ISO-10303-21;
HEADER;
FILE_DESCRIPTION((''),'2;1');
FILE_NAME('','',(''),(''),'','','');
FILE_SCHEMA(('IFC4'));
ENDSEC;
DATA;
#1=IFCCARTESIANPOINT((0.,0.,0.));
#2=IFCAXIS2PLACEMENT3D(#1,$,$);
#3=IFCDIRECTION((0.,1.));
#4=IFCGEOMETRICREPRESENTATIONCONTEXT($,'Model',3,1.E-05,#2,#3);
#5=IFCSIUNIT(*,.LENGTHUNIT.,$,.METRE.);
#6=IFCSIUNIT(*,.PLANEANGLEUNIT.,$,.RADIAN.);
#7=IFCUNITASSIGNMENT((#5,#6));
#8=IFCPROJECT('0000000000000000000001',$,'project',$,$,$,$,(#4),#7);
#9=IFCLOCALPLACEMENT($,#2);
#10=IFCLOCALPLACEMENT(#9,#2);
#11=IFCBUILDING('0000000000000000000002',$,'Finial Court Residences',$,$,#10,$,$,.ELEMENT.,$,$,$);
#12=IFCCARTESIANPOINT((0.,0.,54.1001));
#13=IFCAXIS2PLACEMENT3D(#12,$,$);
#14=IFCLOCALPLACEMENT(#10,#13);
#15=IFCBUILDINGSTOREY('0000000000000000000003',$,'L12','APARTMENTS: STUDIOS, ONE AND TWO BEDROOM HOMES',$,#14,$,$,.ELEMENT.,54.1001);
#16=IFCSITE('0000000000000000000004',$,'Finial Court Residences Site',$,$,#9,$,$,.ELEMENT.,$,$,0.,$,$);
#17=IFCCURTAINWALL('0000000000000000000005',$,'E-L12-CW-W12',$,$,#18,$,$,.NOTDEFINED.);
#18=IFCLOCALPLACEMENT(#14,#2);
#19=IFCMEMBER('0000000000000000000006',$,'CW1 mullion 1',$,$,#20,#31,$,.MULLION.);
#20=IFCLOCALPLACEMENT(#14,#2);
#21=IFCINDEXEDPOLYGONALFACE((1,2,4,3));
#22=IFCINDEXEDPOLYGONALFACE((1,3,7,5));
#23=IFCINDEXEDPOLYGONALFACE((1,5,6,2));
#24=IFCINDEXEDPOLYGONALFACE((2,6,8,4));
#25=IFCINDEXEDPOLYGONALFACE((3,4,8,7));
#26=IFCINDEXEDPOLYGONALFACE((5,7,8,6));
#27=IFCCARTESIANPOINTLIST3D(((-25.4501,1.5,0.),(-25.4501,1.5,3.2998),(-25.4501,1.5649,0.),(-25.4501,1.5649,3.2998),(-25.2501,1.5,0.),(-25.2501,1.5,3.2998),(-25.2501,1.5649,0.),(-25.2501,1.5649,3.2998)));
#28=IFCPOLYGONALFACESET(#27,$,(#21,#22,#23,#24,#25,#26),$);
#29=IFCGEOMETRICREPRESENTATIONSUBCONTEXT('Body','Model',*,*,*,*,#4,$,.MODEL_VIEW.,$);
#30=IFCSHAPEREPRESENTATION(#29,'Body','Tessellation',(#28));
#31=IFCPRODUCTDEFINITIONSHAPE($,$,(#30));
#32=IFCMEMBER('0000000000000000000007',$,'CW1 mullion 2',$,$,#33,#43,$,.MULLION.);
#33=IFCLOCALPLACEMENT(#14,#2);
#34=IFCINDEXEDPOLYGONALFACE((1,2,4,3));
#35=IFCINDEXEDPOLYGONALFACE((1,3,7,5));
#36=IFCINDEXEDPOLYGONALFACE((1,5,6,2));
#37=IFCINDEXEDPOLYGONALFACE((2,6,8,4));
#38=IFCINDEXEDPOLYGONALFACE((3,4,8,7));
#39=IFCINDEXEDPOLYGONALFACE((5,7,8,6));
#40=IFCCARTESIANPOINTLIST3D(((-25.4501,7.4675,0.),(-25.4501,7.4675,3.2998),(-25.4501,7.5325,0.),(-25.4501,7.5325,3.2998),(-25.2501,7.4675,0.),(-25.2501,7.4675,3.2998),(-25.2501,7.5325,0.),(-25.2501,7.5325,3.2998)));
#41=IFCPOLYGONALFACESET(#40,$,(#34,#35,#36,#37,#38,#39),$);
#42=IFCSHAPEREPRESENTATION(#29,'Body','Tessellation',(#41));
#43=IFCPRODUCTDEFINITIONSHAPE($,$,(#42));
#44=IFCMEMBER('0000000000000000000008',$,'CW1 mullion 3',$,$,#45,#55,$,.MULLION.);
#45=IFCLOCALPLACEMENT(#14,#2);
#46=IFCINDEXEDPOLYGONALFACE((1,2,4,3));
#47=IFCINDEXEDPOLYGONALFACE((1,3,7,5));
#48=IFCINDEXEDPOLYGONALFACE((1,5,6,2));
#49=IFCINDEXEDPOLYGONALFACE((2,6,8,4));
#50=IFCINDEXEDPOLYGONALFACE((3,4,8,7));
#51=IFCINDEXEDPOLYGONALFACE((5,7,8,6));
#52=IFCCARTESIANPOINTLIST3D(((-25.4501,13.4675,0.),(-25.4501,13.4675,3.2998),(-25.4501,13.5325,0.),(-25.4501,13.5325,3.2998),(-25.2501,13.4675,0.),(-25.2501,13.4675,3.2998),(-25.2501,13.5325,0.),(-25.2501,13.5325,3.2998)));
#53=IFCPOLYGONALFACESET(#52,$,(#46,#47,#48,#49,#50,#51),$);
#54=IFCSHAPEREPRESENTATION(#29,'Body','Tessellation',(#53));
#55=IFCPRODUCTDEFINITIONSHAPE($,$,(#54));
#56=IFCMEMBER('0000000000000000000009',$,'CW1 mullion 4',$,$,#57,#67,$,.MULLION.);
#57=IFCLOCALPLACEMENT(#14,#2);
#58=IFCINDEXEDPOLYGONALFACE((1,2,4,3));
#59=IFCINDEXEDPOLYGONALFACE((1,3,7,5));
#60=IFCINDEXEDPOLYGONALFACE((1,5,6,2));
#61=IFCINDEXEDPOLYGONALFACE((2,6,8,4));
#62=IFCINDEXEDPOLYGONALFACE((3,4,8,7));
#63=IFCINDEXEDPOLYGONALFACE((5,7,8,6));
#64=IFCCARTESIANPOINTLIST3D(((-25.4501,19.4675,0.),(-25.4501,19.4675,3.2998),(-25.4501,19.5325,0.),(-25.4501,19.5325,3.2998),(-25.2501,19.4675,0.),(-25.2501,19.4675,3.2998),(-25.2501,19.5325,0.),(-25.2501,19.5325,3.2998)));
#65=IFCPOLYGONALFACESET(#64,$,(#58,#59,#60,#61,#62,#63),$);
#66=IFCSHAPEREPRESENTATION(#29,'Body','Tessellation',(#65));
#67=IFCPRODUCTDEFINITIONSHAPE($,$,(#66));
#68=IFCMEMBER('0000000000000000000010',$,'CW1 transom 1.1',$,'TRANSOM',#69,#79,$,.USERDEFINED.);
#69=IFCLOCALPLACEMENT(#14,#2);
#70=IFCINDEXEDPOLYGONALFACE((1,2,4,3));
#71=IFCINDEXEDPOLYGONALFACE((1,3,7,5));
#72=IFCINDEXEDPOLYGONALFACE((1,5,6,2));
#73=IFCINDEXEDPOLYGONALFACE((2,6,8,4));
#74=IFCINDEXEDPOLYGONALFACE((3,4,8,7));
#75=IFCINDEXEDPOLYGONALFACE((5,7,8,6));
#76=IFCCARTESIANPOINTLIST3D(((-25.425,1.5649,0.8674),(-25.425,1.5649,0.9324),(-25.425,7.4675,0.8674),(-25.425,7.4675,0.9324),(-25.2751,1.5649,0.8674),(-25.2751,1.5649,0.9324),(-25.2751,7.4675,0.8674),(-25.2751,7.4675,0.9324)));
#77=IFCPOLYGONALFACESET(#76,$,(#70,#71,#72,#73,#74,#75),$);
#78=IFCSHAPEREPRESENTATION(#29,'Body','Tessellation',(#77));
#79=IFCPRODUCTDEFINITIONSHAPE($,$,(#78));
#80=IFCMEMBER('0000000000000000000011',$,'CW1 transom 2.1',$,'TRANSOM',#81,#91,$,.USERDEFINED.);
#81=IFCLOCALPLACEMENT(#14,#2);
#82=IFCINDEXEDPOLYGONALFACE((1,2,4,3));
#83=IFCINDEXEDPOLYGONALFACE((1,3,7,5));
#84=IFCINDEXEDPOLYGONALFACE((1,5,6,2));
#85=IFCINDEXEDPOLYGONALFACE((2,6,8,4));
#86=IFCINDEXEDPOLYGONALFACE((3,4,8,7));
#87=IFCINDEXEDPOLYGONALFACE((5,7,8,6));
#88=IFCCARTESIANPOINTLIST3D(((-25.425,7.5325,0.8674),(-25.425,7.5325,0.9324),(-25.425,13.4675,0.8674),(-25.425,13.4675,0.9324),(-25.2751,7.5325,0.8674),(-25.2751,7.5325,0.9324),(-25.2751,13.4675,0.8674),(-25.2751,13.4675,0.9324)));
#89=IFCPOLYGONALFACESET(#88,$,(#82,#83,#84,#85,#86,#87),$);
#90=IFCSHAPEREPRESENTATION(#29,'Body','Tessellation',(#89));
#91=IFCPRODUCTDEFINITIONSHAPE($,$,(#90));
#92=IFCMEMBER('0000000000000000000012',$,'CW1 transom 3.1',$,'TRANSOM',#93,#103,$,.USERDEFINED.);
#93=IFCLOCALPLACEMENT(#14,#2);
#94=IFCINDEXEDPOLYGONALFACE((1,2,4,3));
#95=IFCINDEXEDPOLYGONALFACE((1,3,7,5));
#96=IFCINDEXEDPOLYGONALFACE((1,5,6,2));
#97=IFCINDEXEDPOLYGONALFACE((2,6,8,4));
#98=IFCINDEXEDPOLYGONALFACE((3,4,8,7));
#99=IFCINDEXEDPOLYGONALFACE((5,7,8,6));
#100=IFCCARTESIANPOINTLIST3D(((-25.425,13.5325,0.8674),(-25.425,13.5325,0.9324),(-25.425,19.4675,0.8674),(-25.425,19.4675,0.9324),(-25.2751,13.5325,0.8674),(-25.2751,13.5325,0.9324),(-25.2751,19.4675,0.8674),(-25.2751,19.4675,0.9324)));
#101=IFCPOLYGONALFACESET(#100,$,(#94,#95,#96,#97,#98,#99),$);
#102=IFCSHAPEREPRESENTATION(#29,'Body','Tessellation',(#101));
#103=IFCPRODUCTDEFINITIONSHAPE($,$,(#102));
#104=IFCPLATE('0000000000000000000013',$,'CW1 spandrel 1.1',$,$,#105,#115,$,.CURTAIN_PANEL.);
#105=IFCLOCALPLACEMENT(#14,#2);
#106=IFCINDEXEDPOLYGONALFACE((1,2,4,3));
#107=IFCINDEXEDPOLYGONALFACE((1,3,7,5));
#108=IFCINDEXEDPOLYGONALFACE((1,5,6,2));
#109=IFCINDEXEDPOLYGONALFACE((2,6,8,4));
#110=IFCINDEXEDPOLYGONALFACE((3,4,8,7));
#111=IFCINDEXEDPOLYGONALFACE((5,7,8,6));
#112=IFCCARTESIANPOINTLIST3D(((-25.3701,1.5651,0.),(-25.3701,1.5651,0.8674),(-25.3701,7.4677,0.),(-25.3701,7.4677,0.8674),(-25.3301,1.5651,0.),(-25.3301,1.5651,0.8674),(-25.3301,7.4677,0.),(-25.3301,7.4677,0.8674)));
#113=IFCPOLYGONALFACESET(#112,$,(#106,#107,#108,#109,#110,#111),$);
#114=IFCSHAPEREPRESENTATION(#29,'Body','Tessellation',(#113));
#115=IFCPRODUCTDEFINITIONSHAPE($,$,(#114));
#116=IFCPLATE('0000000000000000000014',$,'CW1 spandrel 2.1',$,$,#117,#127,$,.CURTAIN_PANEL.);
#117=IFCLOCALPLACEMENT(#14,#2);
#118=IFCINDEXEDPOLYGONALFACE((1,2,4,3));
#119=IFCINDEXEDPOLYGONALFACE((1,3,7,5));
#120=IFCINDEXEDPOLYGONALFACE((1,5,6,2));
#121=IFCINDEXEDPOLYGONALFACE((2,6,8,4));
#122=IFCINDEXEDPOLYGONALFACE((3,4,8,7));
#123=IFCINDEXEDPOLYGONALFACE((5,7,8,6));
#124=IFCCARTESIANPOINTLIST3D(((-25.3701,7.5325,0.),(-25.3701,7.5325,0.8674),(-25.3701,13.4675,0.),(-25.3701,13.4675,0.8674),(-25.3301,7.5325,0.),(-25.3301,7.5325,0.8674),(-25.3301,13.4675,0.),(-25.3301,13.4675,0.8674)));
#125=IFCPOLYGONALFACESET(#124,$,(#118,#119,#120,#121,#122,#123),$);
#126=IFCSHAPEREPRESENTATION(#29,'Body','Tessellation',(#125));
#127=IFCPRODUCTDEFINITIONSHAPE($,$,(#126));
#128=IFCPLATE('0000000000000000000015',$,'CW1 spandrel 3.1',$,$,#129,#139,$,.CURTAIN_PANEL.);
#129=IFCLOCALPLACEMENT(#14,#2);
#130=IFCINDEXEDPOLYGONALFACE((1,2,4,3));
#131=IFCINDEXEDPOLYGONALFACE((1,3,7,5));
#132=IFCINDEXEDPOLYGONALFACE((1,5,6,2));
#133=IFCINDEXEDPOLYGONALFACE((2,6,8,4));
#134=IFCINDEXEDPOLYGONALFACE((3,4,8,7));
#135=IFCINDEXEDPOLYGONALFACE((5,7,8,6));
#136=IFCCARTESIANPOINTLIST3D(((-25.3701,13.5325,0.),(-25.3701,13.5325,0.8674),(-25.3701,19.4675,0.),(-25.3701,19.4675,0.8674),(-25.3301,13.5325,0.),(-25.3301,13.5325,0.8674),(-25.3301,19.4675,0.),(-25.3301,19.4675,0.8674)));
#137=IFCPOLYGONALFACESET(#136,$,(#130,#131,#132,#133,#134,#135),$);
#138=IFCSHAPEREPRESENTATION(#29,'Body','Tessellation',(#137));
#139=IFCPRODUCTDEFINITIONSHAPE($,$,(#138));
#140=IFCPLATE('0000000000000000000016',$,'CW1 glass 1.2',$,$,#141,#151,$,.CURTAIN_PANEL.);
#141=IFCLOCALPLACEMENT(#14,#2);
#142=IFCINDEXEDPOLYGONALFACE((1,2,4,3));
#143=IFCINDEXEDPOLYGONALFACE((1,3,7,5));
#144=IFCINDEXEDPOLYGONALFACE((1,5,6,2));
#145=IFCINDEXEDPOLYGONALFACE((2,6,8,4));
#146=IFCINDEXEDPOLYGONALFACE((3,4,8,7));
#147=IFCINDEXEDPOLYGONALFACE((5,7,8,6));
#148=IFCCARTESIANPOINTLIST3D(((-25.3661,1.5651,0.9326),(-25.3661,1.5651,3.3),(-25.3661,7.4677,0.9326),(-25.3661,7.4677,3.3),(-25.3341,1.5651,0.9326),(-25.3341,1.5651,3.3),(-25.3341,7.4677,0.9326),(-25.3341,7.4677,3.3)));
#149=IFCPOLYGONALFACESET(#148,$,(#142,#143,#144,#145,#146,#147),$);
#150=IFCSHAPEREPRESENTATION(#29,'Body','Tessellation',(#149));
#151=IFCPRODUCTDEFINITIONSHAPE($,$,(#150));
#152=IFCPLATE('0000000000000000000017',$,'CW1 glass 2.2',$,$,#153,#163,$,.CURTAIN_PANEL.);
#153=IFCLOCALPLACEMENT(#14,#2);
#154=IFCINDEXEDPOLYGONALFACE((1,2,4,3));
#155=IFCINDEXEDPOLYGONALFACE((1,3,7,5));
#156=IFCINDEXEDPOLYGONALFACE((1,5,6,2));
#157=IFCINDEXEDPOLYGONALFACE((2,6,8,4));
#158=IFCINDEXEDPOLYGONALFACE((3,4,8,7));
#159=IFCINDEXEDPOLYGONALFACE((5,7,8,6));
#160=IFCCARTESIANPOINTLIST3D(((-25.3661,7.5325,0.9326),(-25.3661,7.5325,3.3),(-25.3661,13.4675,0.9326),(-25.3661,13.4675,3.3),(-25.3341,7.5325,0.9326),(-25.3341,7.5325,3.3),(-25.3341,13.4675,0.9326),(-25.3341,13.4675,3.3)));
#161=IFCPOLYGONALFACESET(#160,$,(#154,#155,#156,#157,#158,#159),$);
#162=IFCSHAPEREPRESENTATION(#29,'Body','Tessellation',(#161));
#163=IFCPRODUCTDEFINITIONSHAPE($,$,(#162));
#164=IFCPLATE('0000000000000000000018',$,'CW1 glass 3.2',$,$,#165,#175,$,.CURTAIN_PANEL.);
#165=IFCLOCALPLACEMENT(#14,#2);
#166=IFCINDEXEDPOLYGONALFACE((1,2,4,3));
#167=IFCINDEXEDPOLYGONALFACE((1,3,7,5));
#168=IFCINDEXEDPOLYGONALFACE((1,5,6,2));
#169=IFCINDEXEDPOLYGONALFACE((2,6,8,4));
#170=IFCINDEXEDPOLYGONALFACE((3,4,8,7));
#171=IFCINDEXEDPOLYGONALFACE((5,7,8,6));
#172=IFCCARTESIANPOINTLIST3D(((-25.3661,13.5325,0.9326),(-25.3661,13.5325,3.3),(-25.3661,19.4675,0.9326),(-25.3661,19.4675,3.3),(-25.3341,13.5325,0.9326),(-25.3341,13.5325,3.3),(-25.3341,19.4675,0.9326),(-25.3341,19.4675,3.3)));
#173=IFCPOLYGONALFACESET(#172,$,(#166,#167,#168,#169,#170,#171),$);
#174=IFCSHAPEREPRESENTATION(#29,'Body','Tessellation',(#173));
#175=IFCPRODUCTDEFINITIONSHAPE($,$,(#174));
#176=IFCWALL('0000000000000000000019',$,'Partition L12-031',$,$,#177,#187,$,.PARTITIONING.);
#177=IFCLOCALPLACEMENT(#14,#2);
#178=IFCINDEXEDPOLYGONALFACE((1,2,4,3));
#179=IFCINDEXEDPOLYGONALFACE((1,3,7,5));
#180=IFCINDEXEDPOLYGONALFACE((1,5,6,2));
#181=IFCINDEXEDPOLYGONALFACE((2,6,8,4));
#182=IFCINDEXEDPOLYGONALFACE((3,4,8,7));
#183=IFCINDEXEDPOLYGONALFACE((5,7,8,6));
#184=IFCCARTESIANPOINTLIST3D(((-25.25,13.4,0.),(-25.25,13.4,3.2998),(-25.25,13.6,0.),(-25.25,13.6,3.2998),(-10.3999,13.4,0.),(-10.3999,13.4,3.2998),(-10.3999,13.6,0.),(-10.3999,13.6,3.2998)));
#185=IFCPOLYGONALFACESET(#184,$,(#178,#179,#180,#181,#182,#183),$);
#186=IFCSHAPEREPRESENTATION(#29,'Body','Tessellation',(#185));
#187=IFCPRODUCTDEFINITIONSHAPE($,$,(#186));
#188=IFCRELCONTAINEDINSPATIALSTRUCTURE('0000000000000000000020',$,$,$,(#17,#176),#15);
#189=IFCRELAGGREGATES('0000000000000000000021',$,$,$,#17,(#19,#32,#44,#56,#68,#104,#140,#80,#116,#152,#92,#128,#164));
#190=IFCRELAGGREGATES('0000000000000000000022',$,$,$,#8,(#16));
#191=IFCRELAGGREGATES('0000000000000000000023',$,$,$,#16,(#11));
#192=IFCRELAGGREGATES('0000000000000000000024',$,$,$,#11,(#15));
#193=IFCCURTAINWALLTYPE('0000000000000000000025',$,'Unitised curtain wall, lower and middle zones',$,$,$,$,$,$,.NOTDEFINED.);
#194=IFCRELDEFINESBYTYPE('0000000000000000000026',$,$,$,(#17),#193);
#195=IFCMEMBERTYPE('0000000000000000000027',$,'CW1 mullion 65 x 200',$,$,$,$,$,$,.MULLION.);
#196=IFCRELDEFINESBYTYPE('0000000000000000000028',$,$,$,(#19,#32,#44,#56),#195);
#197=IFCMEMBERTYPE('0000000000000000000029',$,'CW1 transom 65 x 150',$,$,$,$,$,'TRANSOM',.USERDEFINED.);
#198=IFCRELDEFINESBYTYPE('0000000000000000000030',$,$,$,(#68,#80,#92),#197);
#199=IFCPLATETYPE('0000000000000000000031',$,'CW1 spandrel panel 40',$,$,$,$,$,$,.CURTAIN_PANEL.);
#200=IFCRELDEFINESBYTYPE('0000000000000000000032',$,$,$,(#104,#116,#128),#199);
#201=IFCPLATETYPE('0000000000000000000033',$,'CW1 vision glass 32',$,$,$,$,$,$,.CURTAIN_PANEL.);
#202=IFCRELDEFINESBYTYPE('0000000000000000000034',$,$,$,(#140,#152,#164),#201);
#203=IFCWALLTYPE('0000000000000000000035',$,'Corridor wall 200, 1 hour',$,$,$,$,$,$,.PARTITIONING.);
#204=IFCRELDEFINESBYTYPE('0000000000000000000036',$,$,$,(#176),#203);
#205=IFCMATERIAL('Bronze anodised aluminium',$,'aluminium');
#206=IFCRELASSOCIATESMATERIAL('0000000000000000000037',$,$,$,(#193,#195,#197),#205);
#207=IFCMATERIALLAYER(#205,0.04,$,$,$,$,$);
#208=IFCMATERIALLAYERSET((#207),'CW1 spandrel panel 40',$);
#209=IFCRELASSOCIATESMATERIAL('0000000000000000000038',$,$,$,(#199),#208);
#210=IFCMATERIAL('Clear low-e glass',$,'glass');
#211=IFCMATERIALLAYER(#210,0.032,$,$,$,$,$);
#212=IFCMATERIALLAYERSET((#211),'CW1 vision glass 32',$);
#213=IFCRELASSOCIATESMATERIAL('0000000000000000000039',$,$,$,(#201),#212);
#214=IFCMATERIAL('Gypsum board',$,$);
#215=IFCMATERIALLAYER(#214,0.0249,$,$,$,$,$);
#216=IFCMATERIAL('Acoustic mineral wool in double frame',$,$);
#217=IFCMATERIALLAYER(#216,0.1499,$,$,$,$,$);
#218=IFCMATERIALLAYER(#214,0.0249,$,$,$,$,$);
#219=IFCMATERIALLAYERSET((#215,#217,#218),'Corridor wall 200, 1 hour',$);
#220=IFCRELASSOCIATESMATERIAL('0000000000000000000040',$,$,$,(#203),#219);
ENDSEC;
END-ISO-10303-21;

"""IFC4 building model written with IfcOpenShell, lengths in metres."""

from ifc_helpers import new_model, si_unit, direction, frame, frame_2d, origin, origin_2d, place, context, subcontext, project, spatial, rectangle, extrude, material, layer, layer_set, material_profile, profile_set, type_object, element, aggregate, save


model = new_model("IFC4")

# Units and contexts
model_context = context("Model", 3, precision=1e-05, world=origin(), true_north=direction((0.0, 1.0)))
body_context = subcontext(model_context, "Body", "Model", "MODEL_VIEW")
ifc_project = project(units=[si_unit("LENGTHUNIT", "METRE"), si_unit("PLANEANGLEUNIT", "RADIAN")], contexts=[model_context])

# Site, building, storey
site_placement = place(None, origin())
site = spatial("IfcSite", under=ifc_project, at=site_placement, Name="Finial Court Residences Site", CompositionType="ELEMENT", RefElevation=0.0)
building_placement = place(site_placement, origin())
building = spatial("IfcBuilding", under=site, at=building_placement, Name="Finial Court Residences", CompositionType="ELEMENT")
storey_placement = place(building_placement, frame((0.0, 0.0, 54.1001)))
storey = spatial("IfcBuildingStorey", under=building, at=storey_placement, Name="L12", Description="APARTMENTS: STUDIOS, ONE AND TWO BEDROOM HOMES", CompositionType="ELEMENT", Elevation=54.1001)

# Curtain wall, members, plates
ifc_material_1 = material(Name="Bronze anodised aluminium", Category="aluminium")
curtain_wall_type = type_object("IfcCurtainWallType", Name="Unitised curtain wall, lower and middle zones", PredefinedType="NOTDEFINED", material=ifc_material_1)
curtain_wall_placement = place(storey_placement, origin())
curtain_wall = element("IfcCurtainWall", 1, at=curtain_wall_placement, inside=storey, type_object=curtain_wall_type, Name="E-L12-CW-W12", PredefinedType="NOTDEFINED")
ifc_material_profile_1 = material_profile(ifc_material_1, rectangle(XDim=0.2, YDim=0.0649, at=origin_2d()), Name="CW1 mullion 65 x 200")
ifc_profile_set_1 = profile_set([ifc_material_profile_1], Name="Bronze anodised aluminium")
member_type_1 = type_object("IfcMemberType", Name="CW1 mullion 65 x 200", PredefinedType="MULLION", material=ifc_profile_set_1)
member_1_placement = place(storey_placement, frame((-25.3501, 1.5325, 0.0), z_axis=(0.0, 0.0, 1.0), x_axis=(-1.0, 0.0, 0.0)))
member_1 = element("IfcMember", 2, at=member_1_placement, type_object=member_type_1, Name="CW1 mullion 1", PredefinedType="MULLION", context=body_context, shape_type="SweptSolid", body=[
    extrude(rectangle(XDim=0.2, YDim=0.0649, at=origin_2d()), origin(), (0.0, 0.0, 1.0), 3.2998),
])
member_2_placement = place(storey_placement, frame((-25.3501, 7.5, 0.0), z_axis=(0.0, 0.0, 1.0), x_axis=(-1.0, 0.0, 0.0)))
member_2 = element("IfcMember", 3, at=member_2_placement, type_object=member_type_1, Name="CW1 mullion 2", PredefinedType="MULLION", context=body_context, shape_type="SweptSolid", body=[
    extrude(rectangle(XDim=0.2, YDim=0.0649, at=origin_2d()), origin(), (0.0, 0.0, 1.0), 3.2998),
])
member_3_placement = place(storey_placement, frame((-25.3501, 13.5, 0.0), z_axis=(0.0, 0.0, 1.0), x_axis=(-1.0, 0.0, 0.0)))
member_3 = element("IfcMember", 4, at=member_3_placement, type_object=member_type_1, Name="CW1 mullion 3", PredefinedType="MULLION", context=body_context, shape_type="SweptSolid", body=[
    extrude(rectangle(XDim=0.2, YDim=0.0649, at=origin_2d()), origin(), (0.0, 0.0, 1.0), 3.2998),
])
member_4_placement = place(storey_placement, frame((-25.3501, 19.5, 0.0), z_axis=(0.0, 0.0, 1.0), x_axis=(-1.0, 0.0, 0.0)))
member_4 = element("IfcMember", 5, at=member_4_placement, type_object=member_type_1, Name="CW1 mullion 4", PredefinedType="MULLION", context=body_context, shape_type="SweptSolid", body=[
    extrude(rectangle(XDim=0.2, YDim=0.0649, at=origin_2d()), origin(), (0.0, 0.0, 1.0), 3.2998),
])
ifc_material_profile_2 = material_profile(ifc_material_1, rectangle(XDim=0.1499, YDim=0.0649, at=origin_2d()), Name="CW1 transom 65 x 150")
ifc_profile_set_2 = profile_set([ifc_material_profile_2], Name="Bronze anodised aluminium")
member_type_2 = type_object("IfcMemberType", Name="CW1 transom 65 x 150", ElementType="TRANSOM", PredefinedType="USERDEFINED", material=ifc_profile_set_2)
member_5_placement = place(storey_placement, frame((-25.3501, 1.5649, 0.8999), z_axis=(0.0, 1.0, 0.0), x_axis=(-1.0, 0.0, 0.0)))
member_5 = element("IfcMember", 6, at=member_5_placement, type_object=member_type_2, Name="CW1 transom 1.1", ObjectType="TRANSOM", PredefinedType="USERDEFINED", context=body_context, shape_type="SweptSolid", body=[
    extrude(rectangle(XDim=0.1499, YDim=0.0649, at=origin_2d()), origin(), (0.0, 0.0, 1.0), 5.9026),
])
member_6_placement = place(storey_placement, frame((-25.3501, 7.5325, 0.8999), z_axis=(0.0, 1.0, 0.0), x_axis=(-1.0, 0.0, 0.0)))
member_6 = element("IfcMember", 7, at=member_6_placement, type_object=member_type_2, Name="CW1 transom 2.1", ObjectType="TRANSOM", PredefinedType="USERDEFINED", context=body_context, shape_type="SweptSolid", body=[
    extrude(rectangle(XDim=0.1499, YDim=0.0649, at=origin_2d()), origin(), (0.0, 0.0, 1.0), 5.9351),
])
member_7_placement = place(storey_placement, frame((-25.3501, 13.5325, 0.8999), z_axis=(0.0, 1.0, 0.0), x_axis=(-1.0, 0.0, 0.0)))
member_7 = element("IfcMember", 8, at=member_7_placement, type_object=member_type_2, Name="CW1 transom 3.1", ObjectType="TRANSOM", PredefinedType="USERDEFINED", context=body_context, shape_type="SweptSolid", body=[
    extrude(rectangle(XDim=0.1499, YDim=0.0649, at=origin_2d()), origin(), (0.0, 0.0, 1.0), 5.9351),
])
ifc_layer_1 = layer(ifc_material_1, 0.04)
ifc_layer_set_1 = layer_set([ifc_layer_1], Name="CW1 spandrel panel 40")
plate_type_1 = type_object("IfcPlateType", Name="CW1 spandrel panel 40", PredefinedType="CURTAIN_PANEL", material=ifc_layer_set_1)
plate_1_placement = place(storey_placement, frame((-25.3501, 4.5164, 0.0), z_axis=(0.0, 0.0, 1.0), x_axis=(0.0, 1.0, 0.0)))
plate_1 = element("IfcPlate", 9, at=plate_1_placement, type_object=plate_type_1, Name="CW1 spandrel 1.1", PredefinedType="CURTAIN_PANEL", context=body_context, shape_type="SweptSolid", body=[
    extrude(rectangle(XDim=5.9026, YDim=0.04, at=origin_2d()), origin(), (0.0, 0.0, 1.0), 0.8674),
])
plate_2_placement = place(storey_placement, frame((-25.3501, 10.5, 0.0), z_axis=(0.0, 0.0, 1.0), x_axis=(0.0, 1.0, 0.0)))
plate_2 = element("IfcPlate", 10, at=plate_2_placement, type_object=plate_type_1, Name="CW1 spandrel 2.1", PredefinedType="CURTAIN_PANEL", context=body_context, shape_type="SweptSolid", body=[
    extrude(rectangle(XDim=5.9351, YDim=0.04, at=origin_2d()), origin(), (0.0, 0.0, 1.0), 0.8674),
])
plate_3_placement = place(storey_placement, frame((-25.3501, 16.5, 0.0), z_axis=(0.0, 0.0, 1.0), x_axis=(0.0, 1.0, 0.0)))
plate_3 = element("IfcPlate", 11, at=plate_3_placement, type_object=plate_type_1, Name="CW1 spandrel 3.1", PredefinedType="CURTAIN_PANEL", context=body_context, shape_type="SweptSolid", body=[
    extrude(rectangle(XDim=5.9351, YDim=0.04, at=origin_2d()), origin(), (0.0, 0.0, 1.0), 0.8674),
])
ifc_material_2 = material(Name="Clear low-e glass", Category="glass")
ifc_layer_2 = layer(ifc_material_2, 0.032)
ifc_layer_set_2 = layer_set([ifc_layer_2], Name="CW1 vision glass 32")
plate_type_2 = type_object("IfcPlateType", Name="CW1 vision glass 32", PredefinedType="CURTAIN_PANEL", material=ifc_layer_set_2)
plate_4_placement = place(storey_placement, frame((-25.3501, 4.5164, 0.9326), z_axis=(0.0, 0.0, 1.0), x_axis=(0.0, 1.0, 0.0)))
plate_4 = element("IfcPlate", 12, at=plate_4_placement, type_object=plate_type_2, Name="CW1 glass 1.2", PredefinedType="CURTAIN_PANEL", context=body_context, shape_type="SweptSolid", body=[
    extrude(rectangle(XDim=5.9026, YDim=0.032, at=origin_2d()), origin(), (0.0, 0.0, 1.0), 2.3674),
])
plate_5_placement = place(storey_placement, frame((-25.3501, 10.5, 0.9326), z_axis=(0.0, 0.0, 1.0), x_axis=(0.0, 1.0, 0.0)))
plate_5 = element("IfcPlate", 13, at=plate_5_placement, type_object=plate_type_2, Name="CW1 glass 2.2", PredefinedType="CURTAIN_PANEL", context=body_context, shape_type="SweptSolid", body=[
    extrude(rectangle(XDim=5.9351, YDim=0.032, at=origin_2d()), origin(), (0.0, 0.0, 1.0), 2.3674),
])
plate_6_placement = place(storey_placement, frame((-25.3501, 16.5, 0.9326), z_axis=(0.0, 0.0, 1.0), x_axis=(0.0, 1.0, 0.0)))
plate_6 = element("IfcPlate", 14, at=plate_6_placement, type_object=plate_type_2, Name="CW1 glass 3.2", PredefinedType="CURTAIN_PANEL", context=body_context, shape_type="SweptSolid", body=[
    extrude(rectangle(XDim=5.9351, YDim=0.032, at=origin_2d()), origin(), (0.0, 0.0, 1.0), 2.3674),
])
aggregate(curtain_wall, [member_1, member_2, member_3, member_4, member_5, plate_1, plate_4, member_6, plate_2, plate_5, member_7, plate_3, plate_6])

# Wall
ifc_material_3 = material(Name="Gypsum board")
ifc_layer_3 = layer(ifc_material_3, 0.0249)
ifc_material_4 = material(Name="Acoustic mineral wool in double frame")
ifc_layer_4 = layer(ifc_material_4, 0.1499)
ifc_layer_5 = layer(ifc_material_3, 0.0249)
ifc_layer_set_3 = layer_set([ifc_layer_3, ifc_layer_4, ifc_layer_5], Name="Corridor wall 200, 1 hour")
wall_type_1 = type_object("IfcWallType", Name="Corridor wall 200, 1 hour", PredefinedType="PARTITIONING", material=ifc_layer_set_3)
wall_1_placement = place(storey_placement, frame((-25.25, 13.5, 0.0), z_axis=(0.0, 0.0, 1.0), x_axis=(1.0, 0.0, 0.0)))
element("IfcWall", 15, at=wall_1_placement, inside=storey, type_object=wall_type_1, Name="Partition L12-031", PredefinedType="PARTITIONING", context=body_context, shape_type="SweptSolid", body=[
    extrude(rectangle(XDim=14.8501, YDim=0.2, at=frame_2d((7.425, 0.0))), origin(), (0.0, 0.0, 1.0), 3.2998),
])

save(model, "model.ifc")
